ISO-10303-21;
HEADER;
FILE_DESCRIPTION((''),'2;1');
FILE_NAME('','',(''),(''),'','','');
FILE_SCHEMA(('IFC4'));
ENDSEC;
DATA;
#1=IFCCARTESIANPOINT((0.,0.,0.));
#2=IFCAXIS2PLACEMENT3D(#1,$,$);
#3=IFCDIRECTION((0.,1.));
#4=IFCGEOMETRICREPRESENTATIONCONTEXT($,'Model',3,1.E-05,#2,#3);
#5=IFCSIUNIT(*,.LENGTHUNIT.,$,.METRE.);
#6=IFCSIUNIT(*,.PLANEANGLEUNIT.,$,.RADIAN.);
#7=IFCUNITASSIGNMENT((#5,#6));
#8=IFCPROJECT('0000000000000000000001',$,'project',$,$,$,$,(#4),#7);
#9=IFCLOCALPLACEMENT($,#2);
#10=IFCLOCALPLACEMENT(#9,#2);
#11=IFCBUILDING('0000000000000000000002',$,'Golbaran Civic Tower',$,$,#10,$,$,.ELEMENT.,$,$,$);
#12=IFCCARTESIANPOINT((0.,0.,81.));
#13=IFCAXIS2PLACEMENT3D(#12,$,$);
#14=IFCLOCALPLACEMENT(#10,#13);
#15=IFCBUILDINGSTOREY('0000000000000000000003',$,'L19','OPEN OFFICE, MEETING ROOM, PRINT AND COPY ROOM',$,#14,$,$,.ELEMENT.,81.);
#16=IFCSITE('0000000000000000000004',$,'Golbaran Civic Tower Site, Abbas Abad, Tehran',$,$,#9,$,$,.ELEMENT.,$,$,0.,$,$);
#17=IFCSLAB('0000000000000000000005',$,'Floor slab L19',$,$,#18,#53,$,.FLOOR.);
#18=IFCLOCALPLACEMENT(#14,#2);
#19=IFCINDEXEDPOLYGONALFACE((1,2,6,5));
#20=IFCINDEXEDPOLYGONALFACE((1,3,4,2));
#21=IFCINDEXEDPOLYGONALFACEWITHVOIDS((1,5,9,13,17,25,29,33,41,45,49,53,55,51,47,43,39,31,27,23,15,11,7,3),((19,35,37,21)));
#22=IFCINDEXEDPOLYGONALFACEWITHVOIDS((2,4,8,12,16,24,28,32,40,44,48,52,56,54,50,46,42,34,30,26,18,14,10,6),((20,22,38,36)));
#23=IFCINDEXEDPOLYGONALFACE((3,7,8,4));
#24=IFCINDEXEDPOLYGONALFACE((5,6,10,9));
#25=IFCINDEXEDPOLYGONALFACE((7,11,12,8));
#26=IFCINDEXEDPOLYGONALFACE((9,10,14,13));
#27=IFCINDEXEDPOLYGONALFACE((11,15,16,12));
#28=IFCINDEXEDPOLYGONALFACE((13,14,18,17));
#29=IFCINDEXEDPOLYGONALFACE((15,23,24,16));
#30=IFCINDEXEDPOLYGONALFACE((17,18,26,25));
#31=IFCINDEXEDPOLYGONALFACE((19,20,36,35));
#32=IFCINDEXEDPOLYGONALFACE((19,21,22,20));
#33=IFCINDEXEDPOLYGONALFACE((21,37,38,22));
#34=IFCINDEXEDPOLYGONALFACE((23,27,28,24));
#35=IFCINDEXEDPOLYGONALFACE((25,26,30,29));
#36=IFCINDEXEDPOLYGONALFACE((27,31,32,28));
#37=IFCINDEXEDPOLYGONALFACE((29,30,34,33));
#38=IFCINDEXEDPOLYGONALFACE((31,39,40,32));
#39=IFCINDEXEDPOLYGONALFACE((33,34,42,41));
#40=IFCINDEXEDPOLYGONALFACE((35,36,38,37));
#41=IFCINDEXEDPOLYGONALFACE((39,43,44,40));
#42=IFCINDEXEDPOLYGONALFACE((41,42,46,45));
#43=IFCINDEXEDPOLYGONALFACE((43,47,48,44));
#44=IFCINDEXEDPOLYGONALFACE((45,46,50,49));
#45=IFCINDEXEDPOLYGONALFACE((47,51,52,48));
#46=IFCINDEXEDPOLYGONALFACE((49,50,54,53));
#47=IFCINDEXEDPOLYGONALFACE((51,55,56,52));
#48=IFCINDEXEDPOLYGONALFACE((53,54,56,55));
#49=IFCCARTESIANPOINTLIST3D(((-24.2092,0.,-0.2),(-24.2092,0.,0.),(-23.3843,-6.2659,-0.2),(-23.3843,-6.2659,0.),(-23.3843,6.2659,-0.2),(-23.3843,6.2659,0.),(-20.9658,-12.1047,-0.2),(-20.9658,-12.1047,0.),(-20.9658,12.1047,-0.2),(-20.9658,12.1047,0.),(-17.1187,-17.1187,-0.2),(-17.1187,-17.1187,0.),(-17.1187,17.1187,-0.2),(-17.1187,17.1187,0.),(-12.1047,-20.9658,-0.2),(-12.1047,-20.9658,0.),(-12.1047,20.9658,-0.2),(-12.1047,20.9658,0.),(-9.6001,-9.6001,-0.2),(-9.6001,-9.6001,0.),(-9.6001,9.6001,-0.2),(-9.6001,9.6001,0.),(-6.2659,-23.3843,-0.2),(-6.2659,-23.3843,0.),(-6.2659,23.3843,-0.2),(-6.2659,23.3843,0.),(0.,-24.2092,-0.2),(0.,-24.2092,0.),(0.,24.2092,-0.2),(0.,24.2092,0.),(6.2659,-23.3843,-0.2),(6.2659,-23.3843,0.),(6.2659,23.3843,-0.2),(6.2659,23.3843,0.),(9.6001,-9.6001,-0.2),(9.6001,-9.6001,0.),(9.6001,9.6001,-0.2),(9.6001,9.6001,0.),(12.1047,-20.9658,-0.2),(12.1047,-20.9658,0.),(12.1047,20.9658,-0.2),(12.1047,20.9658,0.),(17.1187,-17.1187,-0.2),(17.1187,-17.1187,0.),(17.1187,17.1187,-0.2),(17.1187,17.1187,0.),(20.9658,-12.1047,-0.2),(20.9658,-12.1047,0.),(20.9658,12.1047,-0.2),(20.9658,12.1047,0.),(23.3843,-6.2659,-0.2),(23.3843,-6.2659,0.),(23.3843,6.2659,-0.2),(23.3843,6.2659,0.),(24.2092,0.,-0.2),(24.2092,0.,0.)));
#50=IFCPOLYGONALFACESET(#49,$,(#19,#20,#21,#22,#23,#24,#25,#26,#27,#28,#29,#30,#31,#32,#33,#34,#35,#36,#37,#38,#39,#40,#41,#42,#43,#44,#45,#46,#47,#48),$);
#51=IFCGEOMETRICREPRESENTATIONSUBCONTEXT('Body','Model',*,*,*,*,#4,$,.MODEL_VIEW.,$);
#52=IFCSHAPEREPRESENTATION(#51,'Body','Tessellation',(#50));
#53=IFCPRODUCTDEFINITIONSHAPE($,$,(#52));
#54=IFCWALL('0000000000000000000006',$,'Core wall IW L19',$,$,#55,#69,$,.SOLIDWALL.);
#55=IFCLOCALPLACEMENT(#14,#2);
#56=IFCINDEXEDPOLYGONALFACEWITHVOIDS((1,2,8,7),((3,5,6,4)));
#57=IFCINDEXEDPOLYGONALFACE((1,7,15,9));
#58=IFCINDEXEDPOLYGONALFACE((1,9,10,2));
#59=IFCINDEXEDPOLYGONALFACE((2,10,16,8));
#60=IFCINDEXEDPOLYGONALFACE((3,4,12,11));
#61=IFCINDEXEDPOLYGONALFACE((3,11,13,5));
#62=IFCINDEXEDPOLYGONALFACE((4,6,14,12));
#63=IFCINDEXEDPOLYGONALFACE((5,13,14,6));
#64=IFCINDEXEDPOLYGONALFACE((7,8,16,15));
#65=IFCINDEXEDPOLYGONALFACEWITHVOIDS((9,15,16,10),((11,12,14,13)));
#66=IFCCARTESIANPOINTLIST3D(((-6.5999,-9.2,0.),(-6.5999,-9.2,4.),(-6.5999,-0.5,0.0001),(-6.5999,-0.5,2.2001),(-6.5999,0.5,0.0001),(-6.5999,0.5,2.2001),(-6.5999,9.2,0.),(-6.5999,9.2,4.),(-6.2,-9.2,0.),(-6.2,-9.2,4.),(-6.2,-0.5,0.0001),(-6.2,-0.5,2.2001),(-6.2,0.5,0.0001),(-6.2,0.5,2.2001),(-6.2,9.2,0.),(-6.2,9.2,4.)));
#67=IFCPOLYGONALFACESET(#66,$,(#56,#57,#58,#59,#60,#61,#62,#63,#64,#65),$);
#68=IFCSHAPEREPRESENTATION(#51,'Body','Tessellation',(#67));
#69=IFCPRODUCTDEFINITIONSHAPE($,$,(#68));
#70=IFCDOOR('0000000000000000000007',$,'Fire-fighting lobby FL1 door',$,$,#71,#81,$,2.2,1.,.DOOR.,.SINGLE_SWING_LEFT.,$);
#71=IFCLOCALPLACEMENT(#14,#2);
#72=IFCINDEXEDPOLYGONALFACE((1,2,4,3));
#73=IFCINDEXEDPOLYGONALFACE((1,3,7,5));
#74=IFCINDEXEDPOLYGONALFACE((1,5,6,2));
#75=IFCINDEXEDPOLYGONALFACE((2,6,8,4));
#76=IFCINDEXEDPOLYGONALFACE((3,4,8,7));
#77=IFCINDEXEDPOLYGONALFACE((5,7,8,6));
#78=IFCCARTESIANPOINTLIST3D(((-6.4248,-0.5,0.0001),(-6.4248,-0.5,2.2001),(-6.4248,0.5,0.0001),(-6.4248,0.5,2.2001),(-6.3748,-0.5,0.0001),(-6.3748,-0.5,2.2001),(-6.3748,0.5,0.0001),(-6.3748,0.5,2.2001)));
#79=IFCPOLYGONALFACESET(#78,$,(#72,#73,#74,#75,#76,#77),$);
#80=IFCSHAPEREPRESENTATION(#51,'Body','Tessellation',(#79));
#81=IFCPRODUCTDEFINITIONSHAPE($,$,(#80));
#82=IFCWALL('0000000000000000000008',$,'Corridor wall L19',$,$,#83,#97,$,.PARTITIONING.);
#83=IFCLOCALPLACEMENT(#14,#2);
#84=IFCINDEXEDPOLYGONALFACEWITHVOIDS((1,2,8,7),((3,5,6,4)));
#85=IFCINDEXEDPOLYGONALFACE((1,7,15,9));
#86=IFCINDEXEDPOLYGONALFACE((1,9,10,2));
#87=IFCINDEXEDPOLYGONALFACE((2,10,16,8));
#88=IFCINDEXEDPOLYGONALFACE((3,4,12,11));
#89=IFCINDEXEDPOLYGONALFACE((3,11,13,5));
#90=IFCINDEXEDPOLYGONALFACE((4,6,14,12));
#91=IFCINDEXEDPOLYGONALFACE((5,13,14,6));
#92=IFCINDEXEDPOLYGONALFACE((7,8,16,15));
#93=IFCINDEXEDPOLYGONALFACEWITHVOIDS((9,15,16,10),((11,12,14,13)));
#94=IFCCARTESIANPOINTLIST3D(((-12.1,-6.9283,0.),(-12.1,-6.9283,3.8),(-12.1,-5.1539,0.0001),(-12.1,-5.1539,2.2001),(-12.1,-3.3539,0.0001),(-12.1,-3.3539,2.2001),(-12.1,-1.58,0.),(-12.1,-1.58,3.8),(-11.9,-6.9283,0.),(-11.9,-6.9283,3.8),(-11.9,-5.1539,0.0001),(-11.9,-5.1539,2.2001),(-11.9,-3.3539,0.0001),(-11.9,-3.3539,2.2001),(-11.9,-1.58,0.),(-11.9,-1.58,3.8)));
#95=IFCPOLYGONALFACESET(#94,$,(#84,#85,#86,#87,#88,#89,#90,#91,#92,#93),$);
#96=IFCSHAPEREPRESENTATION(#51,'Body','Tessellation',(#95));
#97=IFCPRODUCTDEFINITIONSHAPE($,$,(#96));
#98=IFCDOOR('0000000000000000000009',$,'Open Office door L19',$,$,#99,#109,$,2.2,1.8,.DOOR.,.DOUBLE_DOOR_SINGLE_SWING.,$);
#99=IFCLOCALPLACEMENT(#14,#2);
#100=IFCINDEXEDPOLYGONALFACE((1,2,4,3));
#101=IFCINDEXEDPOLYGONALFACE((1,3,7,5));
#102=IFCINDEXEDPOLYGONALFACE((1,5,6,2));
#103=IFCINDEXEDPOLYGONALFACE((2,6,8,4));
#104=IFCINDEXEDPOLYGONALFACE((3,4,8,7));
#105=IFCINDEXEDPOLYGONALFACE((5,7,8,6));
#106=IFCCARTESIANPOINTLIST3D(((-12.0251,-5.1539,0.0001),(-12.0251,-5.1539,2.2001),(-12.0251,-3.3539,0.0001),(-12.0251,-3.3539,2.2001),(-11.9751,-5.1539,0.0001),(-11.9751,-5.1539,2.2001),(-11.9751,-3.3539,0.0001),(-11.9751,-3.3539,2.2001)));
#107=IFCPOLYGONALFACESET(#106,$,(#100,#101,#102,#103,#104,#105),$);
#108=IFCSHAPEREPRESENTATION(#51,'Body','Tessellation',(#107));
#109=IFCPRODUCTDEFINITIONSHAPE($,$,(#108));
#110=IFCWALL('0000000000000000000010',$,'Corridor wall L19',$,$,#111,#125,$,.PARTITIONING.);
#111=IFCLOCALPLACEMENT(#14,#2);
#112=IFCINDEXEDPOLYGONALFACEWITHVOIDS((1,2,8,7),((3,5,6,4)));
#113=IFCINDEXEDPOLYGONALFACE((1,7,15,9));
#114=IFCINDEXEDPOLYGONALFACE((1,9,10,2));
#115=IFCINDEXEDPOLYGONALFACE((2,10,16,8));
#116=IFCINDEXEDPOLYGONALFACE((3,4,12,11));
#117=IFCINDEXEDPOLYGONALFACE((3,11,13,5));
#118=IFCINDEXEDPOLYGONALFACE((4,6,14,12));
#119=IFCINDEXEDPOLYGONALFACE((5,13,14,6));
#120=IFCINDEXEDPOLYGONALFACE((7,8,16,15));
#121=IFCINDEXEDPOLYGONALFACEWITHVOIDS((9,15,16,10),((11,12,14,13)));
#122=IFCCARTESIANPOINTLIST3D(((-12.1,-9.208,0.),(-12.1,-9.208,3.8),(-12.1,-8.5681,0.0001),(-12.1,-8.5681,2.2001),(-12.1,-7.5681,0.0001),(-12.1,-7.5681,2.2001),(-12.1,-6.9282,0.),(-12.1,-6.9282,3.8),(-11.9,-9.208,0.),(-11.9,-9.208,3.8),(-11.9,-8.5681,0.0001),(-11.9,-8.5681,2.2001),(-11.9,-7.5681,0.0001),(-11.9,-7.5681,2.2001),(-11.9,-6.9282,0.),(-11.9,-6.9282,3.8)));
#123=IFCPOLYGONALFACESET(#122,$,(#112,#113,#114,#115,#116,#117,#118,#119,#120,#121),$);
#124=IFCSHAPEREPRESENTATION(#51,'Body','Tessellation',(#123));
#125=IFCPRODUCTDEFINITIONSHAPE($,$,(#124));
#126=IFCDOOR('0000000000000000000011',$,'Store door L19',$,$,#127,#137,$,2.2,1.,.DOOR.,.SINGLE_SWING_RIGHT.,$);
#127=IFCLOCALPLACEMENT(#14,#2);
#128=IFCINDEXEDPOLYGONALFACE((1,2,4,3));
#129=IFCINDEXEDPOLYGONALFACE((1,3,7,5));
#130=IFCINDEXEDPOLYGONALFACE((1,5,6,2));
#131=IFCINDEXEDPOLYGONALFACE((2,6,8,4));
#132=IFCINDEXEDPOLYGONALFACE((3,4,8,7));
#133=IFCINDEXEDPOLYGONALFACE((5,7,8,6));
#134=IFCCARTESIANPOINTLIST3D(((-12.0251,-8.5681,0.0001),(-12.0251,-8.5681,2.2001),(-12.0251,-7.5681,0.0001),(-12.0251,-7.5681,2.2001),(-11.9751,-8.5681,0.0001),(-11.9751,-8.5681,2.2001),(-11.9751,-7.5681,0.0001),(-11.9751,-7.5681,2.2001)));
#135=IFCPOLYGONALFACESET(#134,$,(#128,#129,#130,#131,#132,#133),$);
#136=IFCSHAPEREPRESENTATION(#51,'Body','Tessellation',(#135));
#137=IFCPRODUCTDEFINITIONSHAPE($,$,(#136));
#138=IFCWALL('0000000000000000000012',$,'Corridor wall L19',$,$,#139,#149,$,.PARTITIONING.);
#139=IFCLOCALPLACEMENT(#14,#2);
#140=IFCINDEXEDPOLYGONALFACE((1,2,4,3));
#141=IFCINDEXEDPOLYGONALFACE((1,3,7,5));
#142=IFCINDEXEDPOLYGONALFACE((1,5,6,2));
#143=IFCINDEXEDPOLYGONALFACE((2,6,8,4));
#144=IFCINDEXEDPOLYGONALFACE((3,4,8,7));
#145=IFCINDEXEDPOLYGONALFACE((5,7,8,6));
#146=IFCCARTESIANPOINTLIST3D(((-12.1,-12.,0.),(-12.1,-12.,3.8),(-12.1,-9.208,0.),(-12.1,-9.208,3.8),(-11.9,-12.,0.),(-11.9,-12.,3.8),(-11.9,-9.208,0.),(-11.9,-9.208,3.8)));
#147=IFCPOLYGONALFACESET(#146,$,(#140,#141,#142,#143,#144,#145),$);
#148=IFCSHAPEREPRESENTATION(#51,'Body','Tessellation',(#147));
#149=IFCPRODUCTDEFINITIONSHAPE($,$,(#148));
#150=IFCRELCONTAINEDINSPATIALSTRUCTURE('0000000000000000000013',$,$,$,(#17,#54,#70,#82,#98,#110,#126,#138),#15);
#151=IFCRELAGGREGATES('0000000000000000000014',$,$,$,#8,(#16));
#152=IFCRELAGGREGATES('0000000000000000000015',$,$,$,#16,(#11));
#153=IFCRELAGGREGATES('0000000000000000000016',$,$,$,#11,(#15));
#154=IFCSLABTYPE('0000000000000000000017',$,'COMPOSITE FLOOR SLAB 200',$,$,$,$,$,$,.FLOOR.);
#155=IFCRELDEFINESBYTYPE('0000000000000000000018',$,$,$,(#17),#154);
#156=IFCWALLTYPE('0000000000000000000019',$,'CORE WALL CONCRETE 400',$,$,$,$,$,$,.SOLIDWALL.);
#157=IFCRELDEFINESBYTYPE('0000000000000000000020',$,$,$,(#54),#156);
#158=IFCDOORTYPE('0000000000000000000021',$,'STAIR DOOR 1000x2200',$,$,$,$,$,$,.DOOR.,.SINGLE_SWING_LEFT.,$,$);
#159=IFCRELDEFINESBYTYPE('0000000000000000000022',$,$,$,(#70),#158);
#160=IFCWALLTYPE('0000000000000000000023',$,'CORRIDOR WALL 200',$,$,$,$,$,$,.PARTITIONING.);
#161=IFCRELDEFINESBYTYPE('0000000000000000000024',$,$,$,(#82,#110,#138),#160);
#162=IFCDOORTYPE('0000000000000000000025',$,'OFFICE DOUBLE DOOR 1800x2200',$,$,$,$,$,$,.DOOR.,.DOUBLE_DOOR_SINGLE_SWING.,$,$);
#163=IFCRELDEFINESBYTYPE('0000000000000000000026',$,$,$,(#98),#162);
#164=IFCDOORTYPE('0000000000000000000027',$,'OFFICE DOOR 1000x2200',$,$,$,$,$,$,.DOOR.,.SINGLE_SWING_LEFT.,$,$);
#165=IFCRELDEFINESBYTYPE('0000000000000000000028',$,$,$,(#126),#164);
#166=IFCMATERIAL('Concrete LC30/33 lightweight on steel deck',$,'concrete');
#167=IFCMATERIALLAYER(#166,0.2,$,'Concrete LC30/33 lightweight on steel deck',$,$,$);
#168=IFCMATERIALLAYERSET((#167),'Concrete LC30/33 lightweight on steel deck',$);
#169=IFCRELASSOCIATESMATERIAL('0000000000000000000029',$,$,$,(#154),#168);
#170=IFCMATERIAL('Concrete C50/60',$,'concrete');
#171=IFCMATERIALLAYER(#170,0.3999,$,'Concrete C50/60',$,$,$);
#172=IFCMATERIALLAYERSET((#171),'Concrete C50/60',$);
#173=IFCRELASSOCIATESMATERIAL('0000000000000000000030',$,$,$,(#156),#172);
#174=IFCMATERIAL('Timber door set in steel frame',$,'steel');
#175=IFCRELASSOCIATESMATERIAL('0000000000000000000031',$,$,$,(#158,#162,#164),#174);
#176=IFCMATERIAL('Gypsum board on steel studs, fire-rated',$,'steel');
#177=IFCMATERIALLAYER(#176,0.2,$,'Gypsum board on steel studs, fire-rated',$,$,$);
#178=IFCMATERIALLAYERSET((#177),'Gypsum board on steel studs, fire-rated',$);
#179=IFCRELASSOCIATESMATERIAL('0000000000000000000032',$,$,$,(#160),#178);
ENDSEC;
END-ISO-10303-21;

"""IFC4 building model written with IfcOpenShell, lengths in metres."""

from ifc_helpers import new_model, si_unit, direction, frame, frame_2d, origin, place, context, subcontext, project, spatial, polyline, rectangle, outline, extrude, material, layer, layer_set, type_object, element, fill, save


model = new_model("IFC4")

# Units and contexts
model_context = context("Model", 3, precision=1e-05, world=origin(), true_north=direction((0.0, 1.0)))
body_context = subcontext(model_context, "Body", "Model", "MODEL_VIEW")
ifc_project = project(units=[si_unit("LENGTHUNIT", "METRE"), si_unit("PLANEANGLEUNIT", "RADIAN")], contexts=[model_context])

# Site, building, storey
site_placement = place(None, origin())
site = spatial("IfcSite", under=ifc_project, at=site_placement, Name="Golbaran Civic Tower Site, Abbas Abad, Tehran", CompositionType="ELEMENT", RefElevation=0.0)
building_placement = place(site_placement, origin())
building = spatial("IfcBuilding", under=site, at=building_placement, Name="Golbaran Civic Tower", CompositionType="ELEMENT")
storey_placement = place(building_placement, frame((0.0, 0.0, 81.0)))
storey = spatial("IfcBuildingStorey", under=building, at=storey_placement, Name="L19", Description="OPEN OFFICE, MEETING ROOM, PRINT AND COPY ROOM", CompositionType="ELEMENT", Elevation=81.0)

# Slab
ifc_material_1 = material(Name="Concrete LC30/33 lightweight on steel deck", Category="concrete")
ifc_layer_1 = layer(ifc_material_1, 0.2, Name="Concrete LC30/33 lightweight on steel deck")
ifc_layer_set_1 = layer_set([ifc_layer_1], Name="Concrete LC30/33 lightweight on steel deck")
slab_type = type_object("IfcSlabType", Name="COMPOSITE FLOOR SLAB 200", PredefinedType="FLOOR", material=ifc_layer_set_1)
slab_placement = place(storey_placement, frame((0.0, 0.0, -0.2)))
element("IfcSlab", 1, at=slab_placement, inside=storey, type_object=slab_type, Name="Floor slab L19", PredefinedType="FLOOR", context=body_context, shape_type="SweptSolid", body=[
    extrude(outline(polyline([(20.9658, -12.1047), (17.1187, -17.1187), (12.1047, -20.9658), (6.2659, -23.3843), (0.0, -24.2092), (-6.2659, -23.3843), (-12.1047, -20.9658), (-17.1187, -17.1187), (-20.9658, -12.1047), (-23.3843, -6.2659), (-24.2092, 0.0), (-23.3843, 6.2659), (-20.9658, 12.1047), (-17.1187, 17.1187), (-12.1047, 20.9658), (-6.2659, 23.3843), (0.0, 24.2092), (6.2659, 23.3843), (12.1047, 20.9658), (17.1187, 17.1187), (20.9658, 12.1047), (23.3843, 6.2659), (24.2092, 0.0), (23.3843, -6.2659), (20.9658, -12.1047)]), holes=[polyline([(-9.6001, 9.6001), (-9.6001, -9.6001), (9.6001, -9.6001), (9.6001, 9.6001), (-9.6001, 9.6001)])]), origin(), (0.0, 0.0, 1.0), 0.2),
])

# Walls, openings, doors
ifc_material_2 = material(Name="Concrete C50/60", Category="concrete")
ifc_layer_2 = layer(ifc_material_2, 0.3999, Name="Concrete C50/60")
ifc_layer_set_2 = layer_set([ifc_layer_2], Name="Concrete C50/60")
wall_type_1 = type_object("IfcWallType", Name="CORE WALL CONCRETE 400", PredefinedType="SOLIDWALL", material=ifc_layer_set_2)
wall_1_placement = place(storey_placement, frame((-6.3999, -9.2, 0.0), z_axis=(0.0, 0.0, 1.0), x_axis=(0.0, 1.0, 0.0)))
wall_1 = element("IfcWall", 2, at=wall_1_placement, inside=storey, type_object=wall_type_1, Name="Core wall IW L19", PredefinedType="SOLIDWALL", context=body_context, shape_type="SweptSolid", body=[
    extrude(rectangle(XDim=18.3999, YDim=0.3999, at=frame_2d((9.2, 0.0))), origin(), (0.0, 0.0, 1.0), 4.0),
])
opening_1_placement = place(wall_1_placement, frame((8.7, 0.0, 0.0)))
opening_1 = element("IfcOpeningElement", 3, at=opening_1_placement, cuts=wall_1, PredefinedType="OPENING", context=body_context, shape_type="SweptSolid", body=[
    extrude(rectangle(XDim=1.0, YDim=2.2, at=frame_2d((0.5, 1.1001))), frame((0.0, 0.21, 0.0), z_axis=(0.0, -1.0, 0.0), x_axis=(1.0, 0.0, 0.0)), (0.0, 0.0, 1.0), 0.4199),
])
ifc_material_3 = material(Name="Timber door set in steel frame", Category="steel")
door_type_1 = type_object("IfcDoorType", Name="STAIR DOOR 1000x2200", OperationType="SINGLE_SWING_LEFT", PredefinedType="DOOR", material=ifc_material_3)
door_1_placement = place(opening_1_placement, origin())
door_1 = element("IfcDoor", 4, at=door_1_placement, inside=storey, type_object=door_type_1, Name="Fire-fighting lobby FL1 door", OperationType="SINGLE_SWING_LEFT", OverallHeight=2.2, OverallWidth=1.0, PredefinedType="DOOR", context=body_context, shape_type="SweptSolid", body=[
    extrude(rectangle(XDim=1.0, YDim=2.2, at=frame_2d((0.5, 1.1001))), frame((0.0, 0.0249, 0.0), z_axis=(0.0, -1.0, 0.0), x_axis=(1.0, 0.0, 0.0)), (0.0, 0.0, 1.0), 0.05),
])
fill(opening_1, door_1)
ifc_material_4 = material(Name="Gypsum board on steel studs, fire-rated", Category="steel")
ifc_layer_3 = layer(ifc_material_4, 0.2, Name="Gypsum board on steel studs, fire-rated")
ifc_layer_set_3 = layer_set([ifc_layer_3], Name="Gypsum board on steel studs, fire-rated")
wall_type_2 = type_object("IfcWallType", Name="CORRIDOR WALL 200", PredefinedType="PARTITIONING", material=ifc_layer_set_3)
wall_2_placement = place(storey_placement, frame((-12.0, -1.5798, 0.0), z_axis=(0.0, 0.0, 1.0), x_axis=(0.0, -1.0, 0.0)))
wall_2 = element("IfcWall", 5, at=wall_2_placement, inside=storey, type_object=wall_type_2, Name="Corridor wall L19", PredefinedType="PARTITIONING", context=body_context, shape_type="SweptSolid", body=[
    extrude(rectangle(XDim=5.3484, YDim=0.2, at=frame_2d((2.6743, 0.0))), origin(), (0.0, 0.0, 1.0), 3.8),
])
opening_2_placement = place(wall_2_placement, frame((1.7742, 0.0, 0.0)))
opening_2 = element("IfcOpeningElement", 6, at=opening_2_placement, cuts=wall_2, PredefinedType="OPENING", context=body_context, shape_type="SweptSolid", body=[
    extrude(rectangle(XDim=1.8, YDim=2.2, at=frame_2d((0.8999, 1.1001))), frame((0.0, 0.1099, 0.0), z_axis=(0.0, -1.0, 0.0), x_axis=(1.0, 0.0, 0.0)), (0.0, 0.0, 1.0), 0.22),
])
door_type_2 = type_object("IfcDoorType", Name="OFFICE DOUBLE DOOR 1800x2200", OperationType="DOUBLE_DOOR_SINGLE_SWING", PredefinedType="DOOR", material=ifc_material_3)
door_2_placement = place(opening_2_placement, origin())
door_2 = element("IfcDoor", 7, at=door_2_placement, inside=storey, type_object=door_type_2, Name="Open Office door L19", OperationType="DOUBLE_DOOR_SINGLE_SWING", OverallHeight=2.2, OverallWidth=1.8, PredefinedType="DOOR", context=body_context, shape_type="SweptSolid", body=[
    extrude(rectangle(XDim=1.8, YDim=2.2, at=frame_2d((0.8999, 1.1001))), frame((0.0, 0.0249, 0.0), z_axis=(0.0, -1.0, 0.0), x_axis=(1.0, 0.0, 0.0)), (0.0, 0.0, 1.0), 0.05),
])
fill(opening_2, door_2)
wall_3_placement = place(storey_placement, frame((-12.0, -6.9282, 0.0), z_axis=(0.0, 0.0, 1.0), x_axis=(0.0, -1.0, 0.0)))
wall_3 = element("IfcWall", 8, at=wall_3_placement, inside=storey, type_object=wall_type_2, Name="Corridor wall L19", PredefinedType="PARTITIONING", context=body_context, shape_type="SweptSolid", body=[
    extrude(rectangle(XDim=2.2798, YDim=0.2, at=frame_2d((1.1399, 0.0))), origin(), (0.0, 0.0, 1.0), 3.8),
])
opening_3_placement = place(wall_3_placement, frame((0.6399, 0.0, 0.0)))
opening_3 = element("IfcOpeningElement", 9, at=opening_3_placement, cuts=wall_3, PredefinedType="OPENING", context=body_context, shape_type="SweptSolid", body=[
    extrude(rectangle(XDim=1.0, YDim=2.2, at=frame_2d((0.5, 1.1001))), frame((0.0, 0.1099, 0.0), z_axis=(0.0, -1.0, 0.0), x_axis=(1.0, 0.0, 0.0)), (0.0, 0.0, 1.0), 0.22),
])
door_type_3 = type_object("IfcDoorType", Name="OFFICE DOOR 1000x2200", OperationType="SINGLE_SWING_LEFT", PredefinedType="DOOR", material=ifc_material_3)
door_3_placement = place(opening_3_placement, origin())
door_3 = element("IfcDoor", 10, at=door_3_placement, inside=storey, type_object=door_type_3, Name="Store door L19", OperationType="SINGLE_SWING_RIGHT", OverallHeight=2.2, OverallWidth=1.0, PredefinedType="DOOR", context=body_context, shape_type="SweptSolid", body=[
    extrude(rectangle(XDim=1.0, YDim=2.2, at=frame_2d((0.5, 1.1001))), frame((0.0, 0.0249, 0.0), z_axis=(0.0, -1.0, 0.0), x_axis=(1.0, 0.0, 0.0)), (0.0, 0.0, 1.0), 0.05),
])
fill(opening_3, door_3)

# Wall
wall_4_placement = place(storey_placement, frame((-12.0, -9.208, 0.0), z_axis=(0.0, 0.0, 1.0), x_axis=(0.0, -1.0, 0.0)))
element("IfcWall", 11, at=wall_4_placement, inside=storey, type_object=wall_type_2, Name="Corridor wall L19", PredefinedType="PARTITIONING", context=body_context, shape_type="SweptSolid", body=[
    extrude(rectangle(XDim=2.792, YDim=0.2, at=frame_2d((1.396, 0.0))), origin(), (0.0, 0.0, 1.0), 3.8),
])

save(model, "model.ifc")
